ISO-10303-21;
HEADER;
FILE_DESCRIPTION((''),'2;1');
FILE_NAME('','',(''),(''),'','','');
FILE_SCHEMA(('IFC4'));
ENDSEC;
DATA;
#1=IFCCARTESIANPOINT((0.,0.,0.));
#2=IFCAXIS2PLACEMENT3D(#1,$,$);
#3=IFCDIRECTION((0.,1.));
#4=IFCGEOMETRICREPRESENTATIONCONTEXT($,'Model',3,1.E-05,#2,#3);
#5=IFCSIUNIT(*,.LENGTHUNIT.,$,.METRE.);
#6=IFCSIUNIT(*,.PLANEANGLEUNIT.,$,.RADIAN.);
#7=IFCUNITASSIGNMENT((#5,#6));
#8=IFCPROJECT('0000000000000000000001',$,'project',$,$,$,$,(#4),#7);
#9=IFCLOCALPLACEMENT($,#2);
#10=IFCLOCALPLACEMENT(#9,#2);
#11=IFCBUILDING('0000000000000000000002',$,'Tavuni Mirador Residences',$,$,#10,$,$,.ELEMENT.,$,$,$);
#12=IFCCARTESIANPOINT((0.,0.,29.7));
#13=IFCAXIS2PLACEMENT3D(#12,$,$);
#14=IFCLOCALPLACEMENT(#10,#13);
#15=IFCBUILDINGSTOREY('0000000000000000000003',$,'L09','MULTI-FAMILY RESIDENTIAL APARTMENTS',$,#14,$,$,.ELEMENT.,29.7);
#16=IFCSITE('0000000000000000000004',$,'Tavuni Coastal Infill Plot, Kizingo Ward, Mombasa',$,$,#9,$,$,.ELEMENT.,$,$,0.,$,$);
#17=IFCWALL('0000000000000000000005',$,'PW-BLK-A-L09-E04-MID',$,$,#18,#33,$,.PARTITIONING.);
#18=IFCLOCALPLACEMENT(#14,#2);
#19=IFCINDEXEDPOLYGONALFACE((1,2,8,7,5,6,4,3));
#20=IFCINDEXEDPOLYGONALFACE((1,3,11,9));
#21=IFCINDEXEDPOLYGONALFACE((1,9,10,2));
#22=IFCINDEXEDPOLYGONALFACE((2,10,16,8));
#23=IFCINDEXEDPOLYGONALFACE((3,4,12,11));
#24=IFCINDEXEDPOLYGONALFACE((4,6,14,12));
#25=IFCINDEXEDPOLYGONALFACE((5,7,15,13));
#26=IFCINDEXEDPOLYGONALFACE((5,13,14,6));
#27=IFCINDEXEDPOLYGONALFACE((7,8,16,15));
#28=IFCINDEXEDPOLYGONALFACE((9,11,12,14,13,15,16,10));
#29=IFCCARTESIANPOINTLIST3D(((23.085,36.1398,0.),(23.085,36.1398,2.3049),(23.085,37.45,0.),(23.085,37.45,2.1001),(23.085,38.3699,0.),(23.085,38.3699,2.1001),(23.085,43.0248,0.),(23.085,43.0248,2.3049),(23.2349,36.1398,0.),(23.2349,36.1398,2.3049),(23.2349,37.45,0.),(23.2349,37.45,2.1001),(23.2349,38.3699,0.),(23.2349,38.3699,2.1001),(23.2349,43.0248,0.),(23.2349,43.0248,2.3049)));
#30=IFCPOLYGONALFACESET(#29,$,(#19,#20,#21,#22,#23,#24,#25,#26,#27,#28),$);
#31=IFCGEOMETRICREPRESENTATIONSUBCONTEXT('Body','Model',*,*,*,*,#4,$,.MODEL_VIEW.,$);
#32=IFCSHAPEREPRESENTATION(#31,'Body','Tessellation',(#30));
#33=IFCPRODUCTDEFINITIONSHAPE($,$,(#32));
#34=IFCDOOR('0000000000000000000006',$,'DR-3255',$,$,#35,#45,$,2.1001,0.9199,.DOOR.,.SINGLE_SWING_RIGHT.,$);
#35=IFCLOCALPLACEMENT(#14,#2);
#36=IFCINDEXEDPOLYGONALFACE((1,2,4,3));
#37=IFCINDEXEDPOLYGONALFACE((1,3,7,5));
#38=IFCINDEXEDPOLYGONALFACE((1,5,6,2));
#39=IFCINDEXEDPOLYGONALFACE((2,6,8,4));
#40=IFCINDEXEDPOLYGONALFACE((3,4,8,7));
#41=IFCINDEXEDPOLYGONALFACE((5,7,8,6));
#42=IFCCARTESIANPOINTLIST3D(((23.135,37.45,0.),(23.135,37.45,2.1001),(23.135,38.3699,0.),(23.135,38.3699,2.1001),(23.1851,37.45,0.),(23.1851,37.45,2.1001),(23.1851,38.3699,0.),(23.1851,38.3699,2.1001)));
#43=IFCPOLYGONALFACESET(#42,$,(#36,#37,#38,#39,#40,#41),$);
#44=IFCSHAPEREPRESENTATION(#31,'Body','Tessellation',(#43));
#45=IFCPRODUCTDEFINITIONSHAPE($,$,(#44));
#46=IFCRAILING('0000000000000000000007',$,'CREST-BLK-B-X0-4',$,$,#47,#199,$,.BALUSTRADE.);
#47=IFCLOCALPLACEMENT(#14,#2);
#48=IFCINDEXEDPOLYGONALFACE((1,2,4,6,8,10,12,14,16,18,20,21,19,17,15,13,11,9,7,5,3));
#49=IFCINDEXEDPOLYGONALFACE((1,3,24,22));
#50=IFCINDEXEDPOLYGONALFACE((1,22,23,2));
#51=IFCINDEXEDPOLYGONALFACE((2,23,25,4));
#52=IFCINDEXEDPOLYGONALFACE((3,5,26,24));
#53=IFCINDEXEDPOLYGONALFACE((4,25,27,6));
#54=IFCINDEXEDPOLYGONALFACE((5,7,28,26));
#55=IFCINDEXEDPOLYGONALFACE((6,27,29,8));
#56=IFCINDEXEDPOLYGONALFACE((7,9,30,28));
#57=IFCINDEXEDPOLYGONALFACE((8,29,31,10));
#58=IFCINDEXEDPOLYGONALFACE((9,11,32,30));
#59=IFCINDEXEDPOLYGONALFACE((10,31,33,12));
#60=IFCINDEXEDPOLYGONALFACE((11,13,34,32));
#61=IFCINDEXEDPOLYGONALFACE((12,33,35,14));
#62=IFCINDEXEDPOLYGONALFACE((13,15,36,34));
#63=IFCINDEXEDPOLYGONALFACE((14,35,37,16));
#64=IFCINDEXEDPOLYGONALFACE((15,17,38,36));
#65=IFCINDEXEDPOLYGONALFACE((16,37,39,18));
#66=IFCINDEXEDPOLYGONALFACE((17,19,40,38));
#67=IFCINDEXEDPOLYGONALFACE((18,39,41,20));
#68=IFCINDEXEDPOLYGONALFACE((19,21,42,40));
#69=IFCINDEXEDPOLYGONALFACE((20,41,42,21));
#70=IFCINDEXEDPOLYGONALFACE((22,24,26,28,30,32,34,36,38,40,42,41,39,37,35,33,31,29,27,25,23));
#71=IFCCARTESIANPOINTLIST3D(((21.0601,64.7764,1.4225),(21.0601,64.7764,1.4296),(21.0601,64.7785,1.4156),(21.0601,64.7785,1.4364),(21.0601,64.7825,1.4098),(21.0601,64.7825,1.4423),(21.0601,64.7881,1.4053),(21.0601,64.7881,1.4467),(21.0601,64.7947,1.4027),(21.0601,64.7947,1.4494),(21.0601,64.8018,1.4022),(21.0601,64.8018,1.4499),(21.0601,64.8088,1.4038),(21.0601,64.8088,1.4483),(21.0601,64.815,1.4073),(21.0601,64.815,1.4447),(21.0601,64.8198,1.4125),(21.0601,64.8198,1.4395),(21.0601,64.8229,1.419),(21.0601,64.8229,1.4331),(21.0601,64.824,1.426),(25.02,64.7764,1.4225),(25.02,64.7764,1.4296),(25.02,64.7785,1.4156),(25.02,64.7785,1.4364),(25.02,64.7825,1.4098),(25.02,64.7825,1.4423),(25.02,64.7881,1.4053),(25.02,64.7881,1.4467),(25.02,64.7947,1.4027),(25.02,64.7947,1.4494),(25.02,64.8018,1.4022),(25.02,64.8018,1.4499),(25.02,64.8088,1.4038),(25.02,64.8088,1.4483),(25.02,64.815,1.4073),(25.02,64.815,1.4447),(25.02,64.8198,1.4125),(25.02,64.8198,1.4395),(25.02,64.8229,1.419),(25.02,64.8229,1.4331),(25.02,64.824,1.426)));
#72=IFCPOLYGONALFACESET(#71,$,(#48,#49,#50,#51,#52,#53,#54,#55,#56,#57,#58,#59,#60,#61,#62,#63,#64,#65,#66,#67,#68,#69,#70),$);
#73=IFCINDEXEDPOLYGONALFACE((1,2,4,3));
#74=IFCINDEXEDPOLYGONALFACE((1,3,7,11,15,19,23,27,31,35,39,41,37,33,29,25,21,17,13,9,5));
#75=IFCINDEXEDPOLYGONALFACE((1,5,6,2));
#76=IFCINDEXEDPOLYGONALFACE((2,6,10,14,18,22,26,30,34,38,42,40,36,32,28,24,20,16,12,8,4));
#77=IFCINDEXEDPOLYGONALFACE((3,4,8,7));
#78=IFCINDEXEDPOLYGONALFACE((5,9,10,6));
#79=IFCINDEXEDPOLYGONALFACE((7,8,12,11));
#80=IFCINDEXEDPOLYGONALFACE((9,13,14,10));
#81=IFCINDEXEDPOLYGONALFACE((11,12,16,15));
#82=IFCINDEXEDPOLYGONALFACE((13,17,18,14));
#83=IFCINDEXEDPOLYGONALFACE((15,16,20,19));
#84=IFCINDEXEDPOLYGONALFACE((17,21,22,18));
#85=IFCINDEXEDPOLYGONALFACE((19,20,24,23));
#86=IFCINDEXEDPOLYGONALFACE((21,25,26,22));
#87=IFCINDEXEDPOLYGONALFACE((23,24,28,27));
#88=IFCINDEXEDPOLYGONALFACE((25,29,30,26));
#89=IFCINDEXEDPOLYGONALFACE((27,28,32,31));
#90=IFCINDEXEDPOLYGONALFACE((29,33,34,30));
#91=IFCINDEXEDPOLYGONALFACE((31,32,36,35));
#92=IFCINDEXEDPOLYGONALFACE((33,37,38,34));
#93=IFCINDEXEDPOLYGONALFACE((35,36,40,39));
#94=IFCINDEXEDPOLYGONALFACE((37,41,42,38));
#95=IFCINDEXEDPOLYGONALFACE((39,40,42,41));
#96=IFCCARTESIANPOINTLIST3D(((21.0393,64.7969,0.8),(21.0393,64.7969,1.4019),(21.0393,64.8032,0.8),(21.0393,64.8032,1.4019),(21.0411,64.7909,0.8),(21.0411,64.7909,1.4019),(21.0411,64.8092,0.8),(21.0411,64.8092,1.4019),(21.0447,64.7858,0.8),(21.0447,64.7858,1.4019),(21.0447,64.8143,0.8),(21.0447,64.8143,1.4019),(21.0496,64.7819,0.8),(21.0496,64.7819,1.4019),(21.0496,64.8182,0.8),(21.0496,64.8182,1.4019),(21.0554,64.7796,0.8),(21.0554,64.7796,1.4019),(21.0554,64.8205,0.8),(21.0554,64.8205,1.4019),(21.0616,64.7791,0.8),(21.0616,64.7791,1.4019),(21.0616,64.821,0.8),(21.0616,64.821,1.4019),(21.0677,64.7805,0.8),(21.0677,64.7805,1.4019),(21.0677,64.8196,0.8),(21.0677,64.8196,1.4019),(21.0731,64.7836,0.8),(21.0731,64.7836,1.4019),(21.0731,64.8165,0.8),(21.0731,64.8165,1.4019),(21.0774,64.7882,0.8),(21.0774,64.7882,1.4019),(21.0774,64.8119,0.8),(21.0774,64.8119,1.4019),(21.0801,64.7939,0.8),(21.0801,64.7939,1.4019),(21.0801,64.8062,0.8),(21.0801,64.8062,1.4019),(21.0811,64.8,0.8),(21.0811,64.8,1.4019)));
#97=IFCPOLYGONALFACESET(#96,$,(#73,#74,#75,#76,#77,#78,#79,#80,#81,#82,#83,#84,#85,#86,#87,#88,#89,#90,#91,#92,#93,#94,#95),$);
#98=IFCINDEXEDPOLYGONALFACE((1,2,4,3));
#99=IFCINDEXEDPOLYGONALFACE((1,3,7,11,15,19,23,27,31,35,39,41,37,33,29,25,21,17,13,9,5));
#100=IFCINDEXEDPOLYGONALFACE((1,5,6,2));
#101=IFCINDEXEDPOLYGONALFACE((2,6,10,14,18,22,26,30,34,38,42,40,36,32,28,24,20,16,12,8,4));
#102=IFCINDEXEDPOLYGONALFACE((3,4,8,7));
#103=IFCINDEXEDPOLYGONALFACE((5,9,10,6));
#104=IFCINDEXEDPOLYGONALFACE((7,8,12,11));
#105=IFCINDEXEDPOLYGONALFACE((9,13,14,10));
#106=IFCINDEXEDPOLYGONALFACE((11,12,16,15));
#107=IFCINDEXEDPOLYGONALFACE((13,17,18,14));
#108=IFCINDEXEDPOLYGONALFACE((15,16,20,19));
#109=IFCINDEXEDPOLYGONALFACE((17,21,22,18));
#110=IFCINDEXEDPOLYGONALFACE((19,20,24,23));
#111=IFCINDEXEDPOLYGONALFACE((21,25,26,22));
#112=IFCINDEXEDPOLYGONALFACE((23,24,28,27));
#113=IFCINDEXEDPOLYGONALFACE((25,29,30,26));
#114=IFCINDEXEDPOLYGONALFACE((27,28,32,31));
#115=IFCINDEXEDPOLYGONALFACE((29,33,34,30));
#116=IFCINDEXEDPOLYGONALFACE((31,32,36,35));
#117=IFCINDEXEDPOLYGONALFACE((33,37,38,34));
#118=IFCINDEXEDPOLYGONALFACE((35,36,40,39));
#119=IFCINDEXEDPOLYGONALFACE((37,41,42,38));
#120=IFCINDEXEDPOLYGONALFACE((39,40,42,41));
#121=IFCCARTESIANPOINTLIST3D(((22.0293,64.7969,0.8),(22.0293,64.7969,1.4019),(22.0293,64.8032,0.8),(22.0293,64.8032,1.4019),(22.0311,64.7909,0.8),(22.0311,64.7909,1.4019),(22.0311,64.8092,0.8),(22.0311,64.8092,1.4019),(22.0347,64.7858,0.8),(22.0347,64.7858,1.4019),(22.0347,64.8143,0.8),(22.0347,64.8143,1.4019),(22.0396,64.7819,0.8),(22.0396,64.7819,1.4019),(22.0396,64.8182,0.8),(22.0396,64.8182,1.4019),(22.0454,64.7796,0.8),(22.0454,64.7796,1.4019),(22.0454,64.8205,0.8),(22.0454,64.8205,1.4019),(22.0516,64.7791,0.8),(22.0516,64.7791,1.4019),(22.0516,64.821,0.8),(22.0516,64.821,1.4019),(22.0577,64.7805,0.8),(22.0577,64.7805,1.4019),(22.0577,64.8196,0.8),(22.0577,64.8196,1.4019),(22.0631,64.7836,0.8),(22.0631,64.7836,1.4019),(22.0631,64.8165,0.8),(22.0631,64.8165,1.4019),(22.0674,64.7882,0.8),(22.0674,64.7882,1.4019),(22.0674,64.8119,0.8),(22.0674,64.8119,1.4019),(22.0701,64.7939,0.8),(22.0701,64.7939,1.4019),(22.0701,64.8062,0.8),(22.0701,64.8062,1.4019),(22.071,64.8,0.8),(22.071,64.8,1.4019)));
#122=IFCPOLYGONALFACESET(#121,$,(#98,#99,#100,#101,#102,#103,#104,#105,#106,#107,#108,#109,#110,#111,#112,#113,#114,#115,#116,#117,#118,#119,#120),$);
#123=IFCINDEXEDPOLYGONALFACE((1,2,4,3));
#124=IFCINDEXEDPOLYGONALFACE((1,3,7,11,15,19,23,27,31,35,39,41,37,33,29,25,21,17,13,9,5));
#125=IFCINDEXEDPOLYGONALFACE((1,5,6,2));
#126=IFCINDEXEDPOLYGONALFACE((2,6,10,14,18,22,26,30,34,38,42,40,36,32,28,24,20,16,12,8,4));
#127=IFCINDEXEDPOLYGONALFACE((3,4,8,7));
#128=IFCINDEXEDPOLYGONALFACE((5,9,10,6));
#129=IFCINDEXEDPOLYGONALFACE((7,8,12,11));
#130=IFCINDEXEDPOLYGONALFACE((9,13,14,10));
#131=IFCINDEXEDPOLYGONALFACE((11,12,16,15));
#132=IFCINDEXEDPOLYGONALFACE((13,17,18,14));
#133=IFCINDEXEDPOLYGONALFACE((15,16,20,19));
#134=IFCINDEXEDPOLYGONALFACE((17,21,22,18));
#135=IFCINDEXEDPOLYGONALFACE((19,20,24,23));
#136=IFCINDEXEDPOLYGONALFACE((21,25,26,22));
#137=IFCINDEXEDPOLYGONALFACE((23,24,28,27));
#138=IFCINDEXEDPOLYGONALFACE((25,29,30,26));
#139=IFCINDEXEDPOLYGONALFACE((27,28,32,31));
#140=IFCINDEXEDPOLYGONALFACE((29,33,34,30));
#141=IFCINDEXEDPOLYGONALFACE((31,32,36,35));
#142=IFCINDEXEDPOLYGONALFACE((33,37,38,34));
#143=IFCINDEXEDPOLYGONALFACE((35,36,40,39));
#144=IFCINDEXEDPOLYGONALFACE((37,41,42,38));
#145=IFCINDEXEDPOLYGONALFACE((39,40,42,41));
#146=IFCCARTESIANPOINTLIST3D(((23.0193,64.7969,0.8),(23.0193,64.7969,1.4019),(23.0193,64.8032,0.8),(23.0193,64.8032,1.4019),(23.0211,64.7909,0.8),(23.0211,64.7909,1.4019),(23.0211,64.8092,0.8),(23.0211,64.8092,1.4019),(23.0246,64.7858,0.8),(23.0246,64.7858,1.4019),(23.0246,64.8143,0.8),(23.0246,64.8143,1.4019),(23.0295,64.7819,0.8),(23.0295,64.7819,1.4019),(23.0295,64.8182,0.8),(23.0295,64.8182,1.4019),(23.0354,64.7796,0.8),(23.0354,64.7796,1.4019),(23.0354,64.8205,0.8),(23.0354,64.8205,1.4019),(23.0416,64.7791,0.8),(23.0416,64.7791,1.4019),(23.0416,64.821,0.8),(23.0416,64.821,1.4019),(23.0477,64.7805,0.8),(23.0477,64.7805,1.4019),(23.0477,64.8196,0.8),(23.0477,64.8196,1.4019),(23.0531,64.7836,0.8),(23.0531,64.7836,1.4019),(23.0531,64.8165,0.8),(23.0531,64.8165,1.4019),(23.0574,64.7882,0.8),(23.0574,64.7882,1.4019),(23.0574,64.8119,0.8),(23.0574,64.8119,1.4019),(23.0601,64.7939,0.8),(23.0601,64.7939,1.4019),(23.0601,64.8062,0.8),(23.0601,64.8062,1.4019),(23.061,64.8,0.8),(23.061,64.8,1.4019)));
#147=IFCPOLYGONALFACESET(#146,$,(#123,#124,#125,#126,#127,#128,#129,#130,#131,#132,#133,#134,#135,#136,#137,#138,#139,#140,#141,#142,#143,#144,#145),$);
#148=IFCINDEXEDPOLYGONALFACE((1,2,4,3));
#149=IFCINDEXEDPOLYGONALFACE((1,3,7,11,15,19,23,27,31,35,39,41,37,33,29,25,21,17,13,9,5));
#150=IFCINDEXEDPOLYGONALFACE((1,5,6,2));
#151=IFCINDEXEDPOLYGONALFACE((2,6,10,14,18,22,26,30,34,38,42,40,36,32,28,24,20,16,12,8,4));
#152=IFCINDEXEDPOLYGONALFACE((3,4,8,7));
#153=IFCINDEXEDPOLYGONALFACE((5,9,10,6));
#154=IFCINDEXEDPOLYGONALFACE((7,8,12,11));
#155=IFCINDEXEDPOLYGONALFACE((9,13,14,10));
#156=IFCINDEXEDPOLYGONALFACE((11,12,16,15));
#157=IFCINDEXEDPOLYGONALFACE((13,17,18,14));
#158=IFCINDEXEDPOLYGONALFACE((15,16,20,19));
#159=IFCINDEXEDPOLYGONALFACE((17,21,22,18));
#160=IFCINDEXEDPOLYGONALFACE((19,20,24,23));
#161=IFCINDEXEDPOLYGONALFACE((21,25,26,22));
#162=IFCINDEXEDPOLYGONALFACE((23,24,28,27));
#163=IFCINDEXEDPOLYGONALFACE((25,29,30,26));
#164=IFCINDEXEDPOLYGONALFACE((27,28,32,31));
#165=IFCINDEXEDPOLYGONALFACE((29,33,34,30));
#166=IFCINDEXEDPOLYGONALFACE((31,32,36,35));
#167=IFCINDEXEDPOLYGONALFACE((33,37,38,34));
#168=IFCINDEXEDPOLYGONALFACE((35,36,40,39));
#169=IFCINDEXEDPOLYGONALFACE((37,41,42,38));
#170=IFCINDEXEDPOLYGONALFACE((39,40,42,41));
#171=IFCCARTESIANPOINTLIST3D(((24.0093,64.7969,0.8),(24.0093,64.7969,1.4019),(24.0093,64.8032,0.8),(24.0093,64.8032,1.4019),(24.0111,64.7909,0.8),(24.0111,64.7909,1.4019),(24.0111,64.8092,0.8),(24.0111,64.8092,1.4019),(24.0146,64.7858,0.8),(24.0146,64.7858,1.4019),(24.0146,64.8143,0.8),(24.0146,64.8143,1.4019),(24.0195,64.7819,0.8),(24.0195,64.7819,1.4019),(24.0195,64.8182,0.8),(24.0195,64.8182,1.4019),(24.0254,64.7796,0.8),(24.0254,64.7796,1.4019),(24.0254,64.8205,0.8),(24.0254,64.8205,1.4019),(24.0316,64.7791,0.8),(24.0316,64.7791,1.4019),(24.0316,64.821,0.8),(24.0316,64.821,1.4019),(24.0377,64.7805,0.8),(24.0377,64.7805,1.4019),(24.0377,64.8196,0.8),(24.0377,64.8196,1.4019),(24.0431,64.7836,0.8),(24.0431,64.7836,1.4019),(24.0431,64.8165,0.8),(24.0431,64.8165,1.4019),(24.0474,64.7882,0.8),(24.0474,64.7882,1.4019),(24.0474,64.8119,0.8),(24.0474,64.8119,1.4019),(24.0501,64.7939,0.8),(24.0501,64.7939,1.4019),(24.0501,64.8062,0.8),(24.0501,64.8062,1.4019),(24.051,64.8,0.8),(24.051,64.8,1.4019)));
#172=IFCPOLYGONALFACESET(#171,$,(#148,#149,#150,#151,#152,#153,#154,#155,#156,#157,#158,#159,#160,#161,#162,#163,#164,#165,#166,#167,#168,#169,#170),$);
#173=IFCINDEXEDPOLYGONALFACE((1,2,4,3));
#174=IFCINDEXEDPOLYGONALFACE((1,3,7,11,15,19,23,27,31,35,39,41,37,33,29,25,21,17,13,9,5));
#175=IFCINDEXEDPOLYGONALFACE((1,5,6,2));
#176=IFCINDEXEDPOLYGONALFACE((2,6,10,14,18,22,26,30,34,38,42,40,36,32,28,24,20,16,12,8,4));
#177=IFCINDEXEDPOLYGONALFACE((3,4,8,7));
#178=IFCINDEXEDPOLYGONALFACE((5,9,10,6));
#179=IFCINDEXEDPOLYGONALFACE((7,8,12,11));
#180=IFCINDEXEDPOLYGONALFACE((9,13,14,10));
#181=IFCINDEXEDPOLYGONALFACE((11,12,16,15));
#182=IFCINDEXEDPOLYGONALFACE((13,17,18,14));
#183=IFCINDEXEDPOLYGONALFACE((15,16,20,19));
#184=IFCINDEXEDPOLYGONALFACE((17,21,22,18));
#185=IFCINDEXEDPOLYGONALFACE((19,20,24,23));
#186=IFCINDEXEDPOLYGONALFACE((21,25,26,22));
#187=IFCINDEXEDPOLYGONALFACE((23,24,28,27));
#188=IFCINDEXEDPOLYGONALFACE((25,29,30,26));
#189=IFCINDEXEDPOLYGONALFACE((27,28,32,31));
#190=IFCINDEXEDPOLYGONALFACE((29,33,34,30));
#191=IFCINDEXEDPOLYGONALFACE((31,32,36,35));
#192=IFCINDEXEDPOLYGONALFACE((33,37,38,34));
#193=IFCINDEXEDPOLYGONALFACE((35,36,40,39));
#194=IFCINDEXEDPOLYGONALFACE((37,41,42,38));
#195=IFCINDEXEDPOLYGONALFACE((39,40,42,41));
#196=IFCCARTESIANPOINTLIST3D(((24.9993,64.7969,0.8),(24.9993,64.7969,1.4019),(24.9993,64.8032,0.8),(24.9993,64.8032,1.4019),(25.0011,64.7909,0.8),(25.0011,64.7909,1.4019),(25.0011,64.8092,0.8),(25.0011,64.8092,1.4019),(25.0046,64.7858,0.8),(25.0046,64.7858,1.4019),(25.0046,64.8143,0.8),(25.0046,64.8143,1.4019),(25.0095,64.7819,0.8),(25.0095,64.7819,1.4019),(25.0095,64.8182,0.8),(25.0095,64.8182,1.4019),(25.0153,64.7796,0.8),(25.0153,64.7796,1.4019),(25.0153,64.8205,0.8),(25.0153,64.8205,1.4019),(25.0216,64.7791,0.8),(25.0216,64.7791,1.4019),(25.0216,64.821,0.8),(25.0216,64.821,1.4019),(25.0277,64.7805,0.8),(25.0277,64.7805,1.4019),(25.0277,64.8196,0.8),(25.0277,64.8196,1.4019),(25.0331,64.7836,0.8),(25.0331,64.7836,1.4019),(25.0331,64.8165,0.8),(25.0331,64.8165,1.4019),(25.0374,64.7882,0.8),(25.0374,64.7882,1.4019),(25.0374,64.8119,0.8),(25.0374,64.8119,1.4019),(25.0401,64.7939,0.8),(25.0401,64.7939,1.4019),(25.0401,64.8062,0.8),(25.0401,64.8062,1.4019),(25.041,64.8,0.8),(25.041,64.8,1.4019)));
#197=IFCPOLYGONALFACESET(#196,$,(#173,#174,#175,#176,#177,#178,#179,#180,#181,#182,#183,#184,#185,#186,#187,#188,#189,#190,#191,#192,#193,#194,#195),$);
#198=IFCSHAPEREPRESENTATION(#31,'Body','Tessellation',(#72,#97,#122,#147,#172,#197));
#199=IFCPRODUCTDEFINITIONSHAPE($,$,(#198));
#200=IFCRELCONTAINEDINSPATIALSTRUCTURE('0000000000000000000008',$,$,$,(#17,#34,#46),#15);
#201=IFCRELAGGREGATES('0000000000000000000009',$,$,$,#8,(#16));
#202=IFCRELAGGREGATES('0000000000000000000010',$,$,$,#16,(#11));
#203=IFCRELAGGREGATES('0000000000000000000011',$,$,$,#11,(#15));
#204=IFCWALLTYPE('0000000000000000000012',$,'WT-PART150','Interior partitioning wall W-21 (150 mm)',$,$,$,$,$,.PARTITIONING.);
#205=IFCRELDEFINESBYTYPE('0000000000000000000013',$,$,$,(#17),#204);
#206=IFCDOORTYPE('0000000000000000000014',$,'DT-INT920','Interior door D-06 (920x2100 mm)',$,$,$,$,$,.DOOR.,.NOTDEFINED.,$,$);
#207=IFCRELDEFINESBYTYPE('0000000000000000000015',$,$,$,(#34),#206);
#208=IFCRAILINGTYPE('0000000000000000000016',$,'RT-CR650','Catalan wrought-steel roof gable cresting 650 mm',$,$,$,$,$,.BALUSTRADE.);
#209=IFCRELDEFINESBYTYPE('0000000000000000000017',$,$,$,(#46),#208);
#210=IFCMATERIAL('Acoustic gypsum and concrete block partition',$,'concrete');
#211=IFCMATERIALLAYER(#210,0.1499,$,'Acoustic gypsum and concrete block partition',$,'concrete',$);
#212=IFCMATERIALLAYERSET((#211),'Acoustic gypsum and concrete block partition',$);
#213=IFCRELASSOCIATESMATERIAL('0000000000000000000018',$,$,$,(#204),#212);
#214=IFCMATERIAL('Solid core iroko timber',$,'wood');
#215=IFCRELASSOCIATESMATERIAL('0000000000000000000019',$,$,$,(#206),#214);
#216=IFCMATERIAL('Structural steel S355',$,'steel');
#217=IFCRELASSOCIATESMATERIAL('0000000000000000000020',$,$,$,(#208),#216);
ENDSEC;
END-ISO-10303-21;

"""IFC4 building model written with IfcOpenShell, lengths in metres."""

from ifc_helpers import new_model, si_unit, direction, frame, frame_2d, origin, origin_2d, place, context, subcontext, project, spatial, rectangle, circle, extrude, material, layer, layer_set, type_object, element, fill, save


model = new_model("IFC4")

# Units and contexts
model_context = context("Model", 3, precision=1e-05, world=origin(), true_north=direction((0.0, 1.0)))
body_context = subcontext(model_context, "Body", "Model", "MODEL_VIEW")
ifc_project = project(units=[si_unit("LENGTHUNIT", "METRE"), si_unit("PLANEANGLEUNIT", "RADIAN")], contexts=[model_context])

# Site, building, storey
site_placement = place(None, origin())
site = spatial("IfcSite", under=ifc_project, at=site_placement, Name="Tavuni Coastal Infill Plot, Kizingo Ward, Mombasa", CompositionType="ELEMENT", RefElevation=0.0)
building_placement = place(site_placement, origin())
building = spatial("IfcBuilding", under=site, at=building_placement, Name="Tavuni Mirador Residences", CompositionType="ELEMENT")
storey_placement = place(building_placement, frame((0.0, 0.0, 29.7)))
storey = spatial("IfcBuildingStorey", under=building, at=storey_placement, Name="L09", Description="MULTI-FAMILY RESIDENTIAL APARTMENTS", CompositionType="ELEMENT", Elevation=29.7)

# Shared definitions
ifc_material_1 = material(Name="Solid core iroko timber", Category="wood")

# Wall, opening, door
ifc_material_2 = material(Name="Acoustic gypsum and concrete block partition", Category="concrete")
ifc_layer_1 = layer(ifc_material_2, 0.1499, Name="Acoustic gypsum and concrete block partition", Category="concrete")
ifc_layer_set_1 = layer_set([ifc_layer_1], Name="Acoustic gypsum and concrete block partition")
wall_type_1 = type_object("IfcWallType", Name="WT-PART150", Description="Interior partitioning wall W-21 (150 mm)", PredefinedType="PARTITIONING", material=ifc_layer_set_1)
wall_1_placement = place(storey_placement, frame((23.1599, 36.1399, 0.0), z_axis=(0.0, 0.0, 1.0), x_axis=(0.0, 1.0, 0.0)))
wall_1 = element("IfcWall", 1, at=wall_1_placement, inside=storey, type_object=wall_type_1, Name="PW-BLK-A-L09-E04-MID", PredefinedType="PARTITIONING", context=body_context, shape_type="SweptSolid", body=[
    extrude(rectangle(XDim=6.885, YDim=0.1499, at=frame_2d((3.4424, 0.0))), origin(), (0.0, 0.0, 1.0), 2.3049),
])
opening_1_placement = place(wall_1_placement, frame((1.3101, 0.0, 0.0)))
opening_1 = element("IfcOpeningElement", 2, at=opening_1_placement, cuts=wall_1, PredefinedType="OPENING", context=body_context, shape_type="SweptSolid", body=[
    extrude(rectangle(XDim=0.9199, YDim=2.1001, at=frame_2d((0.46, 1.05))), frame((0.0, 0.085, 0.0), z_axis=(0.0, -1.0, 0.0), x_axis=(1.0, 0.0, 0.0)), (0.0, 0.0, 1.0), 0.1699),
])
door_type_1 = type_object("IfcDoorType", Name="DT-INT920", Description="Interior door D-06 (920x2100 mm)", OperationType="NOTDEFINED", PredefinedType="DOOR", material=ifc_material_1)
door_1_placement = place(opening_1_placement, origin())
door_1 = element("IfcDoor", 3, at=door_1_placement, inside=storey, type_object=door_type_1, Name="DR-3255", OperationType="SINGLE_SWING_RIGHT", OverallHeight=2.1001, OverallWidth=0.9199, PredefinedType="DOOR", context=body_context, shape_type="SweptSolid", body=[
    extrude(rectangle(XDim=0.9199, YDim=2.1001, at=frame_2d((0.46, 1.05))), frame((0.0, 0.0249, 0.0), z_axis=(0.0, -1.0, 0.0), x_axis=(1.0, 0.0, 0.0)), (0.0, 0.0, 1.0), 0.05),
])
fill(opening_1, door_1)

# Railing
ifc_material_3 = material(Name="Structural steel S355", Category="steel")
railing_type = type_object("IfcRailingType", Name="RT-CR650", Description="Catalan wrought-steel roof gable cresting 650 mm", PredefinedType="BALUSTRADE", material=ifc_material_3)
for number, where, name in (
    (4, (21.0601, 64.8, 0.8), "CREST-BLK-B-X0-4"),
):
    element("IfcRailing", number, at=place(storey_placement, frame(where)), inside=storey, type_object=railing_type, Name=name, PredefinedType="BALUSTRADE", context=body_context, shape_type="SweptSolid", body=[
        extrude(circle(Radius=0.0239, at=origin_2d()), frame((0.0, 0.0, 0.626), z_axis=(1.0, 0.0, 0.0), x_axis=(0.0, 1.0, 0.0)), (0.0, 0.0, 1.0), 3.96),
        extrude(circle(Radius=0.021, at=origin_2d()), origin(), (0.0, 0.0, 1.0), 0.6018),
        extrude(circle(Radius=0.021, at=origin_2d()), frame((0.99, 0.0, 0.0)), (0.0, 0.0, 1.0), 0.6018),
        extrude(circle(Radius=0.021, at=origin_2d()), frame((1.98, 0.0, 0.0)), (0.0, 0.0, 1.0), 0.6018),
        extrude(circle(Radius=0.021, at=origin_2d()), frame((2.97, 0.0, 0.0)), (0.0, 0.0, 1.0), 0.6018),
        extrude(circle(Radius=0.021, at=origin_2d()), frame((3.96, 0.0, 0.0)), (0.0, 0.0, 1.0), 0.6018),
    ])

save(model, "model.ifc")
